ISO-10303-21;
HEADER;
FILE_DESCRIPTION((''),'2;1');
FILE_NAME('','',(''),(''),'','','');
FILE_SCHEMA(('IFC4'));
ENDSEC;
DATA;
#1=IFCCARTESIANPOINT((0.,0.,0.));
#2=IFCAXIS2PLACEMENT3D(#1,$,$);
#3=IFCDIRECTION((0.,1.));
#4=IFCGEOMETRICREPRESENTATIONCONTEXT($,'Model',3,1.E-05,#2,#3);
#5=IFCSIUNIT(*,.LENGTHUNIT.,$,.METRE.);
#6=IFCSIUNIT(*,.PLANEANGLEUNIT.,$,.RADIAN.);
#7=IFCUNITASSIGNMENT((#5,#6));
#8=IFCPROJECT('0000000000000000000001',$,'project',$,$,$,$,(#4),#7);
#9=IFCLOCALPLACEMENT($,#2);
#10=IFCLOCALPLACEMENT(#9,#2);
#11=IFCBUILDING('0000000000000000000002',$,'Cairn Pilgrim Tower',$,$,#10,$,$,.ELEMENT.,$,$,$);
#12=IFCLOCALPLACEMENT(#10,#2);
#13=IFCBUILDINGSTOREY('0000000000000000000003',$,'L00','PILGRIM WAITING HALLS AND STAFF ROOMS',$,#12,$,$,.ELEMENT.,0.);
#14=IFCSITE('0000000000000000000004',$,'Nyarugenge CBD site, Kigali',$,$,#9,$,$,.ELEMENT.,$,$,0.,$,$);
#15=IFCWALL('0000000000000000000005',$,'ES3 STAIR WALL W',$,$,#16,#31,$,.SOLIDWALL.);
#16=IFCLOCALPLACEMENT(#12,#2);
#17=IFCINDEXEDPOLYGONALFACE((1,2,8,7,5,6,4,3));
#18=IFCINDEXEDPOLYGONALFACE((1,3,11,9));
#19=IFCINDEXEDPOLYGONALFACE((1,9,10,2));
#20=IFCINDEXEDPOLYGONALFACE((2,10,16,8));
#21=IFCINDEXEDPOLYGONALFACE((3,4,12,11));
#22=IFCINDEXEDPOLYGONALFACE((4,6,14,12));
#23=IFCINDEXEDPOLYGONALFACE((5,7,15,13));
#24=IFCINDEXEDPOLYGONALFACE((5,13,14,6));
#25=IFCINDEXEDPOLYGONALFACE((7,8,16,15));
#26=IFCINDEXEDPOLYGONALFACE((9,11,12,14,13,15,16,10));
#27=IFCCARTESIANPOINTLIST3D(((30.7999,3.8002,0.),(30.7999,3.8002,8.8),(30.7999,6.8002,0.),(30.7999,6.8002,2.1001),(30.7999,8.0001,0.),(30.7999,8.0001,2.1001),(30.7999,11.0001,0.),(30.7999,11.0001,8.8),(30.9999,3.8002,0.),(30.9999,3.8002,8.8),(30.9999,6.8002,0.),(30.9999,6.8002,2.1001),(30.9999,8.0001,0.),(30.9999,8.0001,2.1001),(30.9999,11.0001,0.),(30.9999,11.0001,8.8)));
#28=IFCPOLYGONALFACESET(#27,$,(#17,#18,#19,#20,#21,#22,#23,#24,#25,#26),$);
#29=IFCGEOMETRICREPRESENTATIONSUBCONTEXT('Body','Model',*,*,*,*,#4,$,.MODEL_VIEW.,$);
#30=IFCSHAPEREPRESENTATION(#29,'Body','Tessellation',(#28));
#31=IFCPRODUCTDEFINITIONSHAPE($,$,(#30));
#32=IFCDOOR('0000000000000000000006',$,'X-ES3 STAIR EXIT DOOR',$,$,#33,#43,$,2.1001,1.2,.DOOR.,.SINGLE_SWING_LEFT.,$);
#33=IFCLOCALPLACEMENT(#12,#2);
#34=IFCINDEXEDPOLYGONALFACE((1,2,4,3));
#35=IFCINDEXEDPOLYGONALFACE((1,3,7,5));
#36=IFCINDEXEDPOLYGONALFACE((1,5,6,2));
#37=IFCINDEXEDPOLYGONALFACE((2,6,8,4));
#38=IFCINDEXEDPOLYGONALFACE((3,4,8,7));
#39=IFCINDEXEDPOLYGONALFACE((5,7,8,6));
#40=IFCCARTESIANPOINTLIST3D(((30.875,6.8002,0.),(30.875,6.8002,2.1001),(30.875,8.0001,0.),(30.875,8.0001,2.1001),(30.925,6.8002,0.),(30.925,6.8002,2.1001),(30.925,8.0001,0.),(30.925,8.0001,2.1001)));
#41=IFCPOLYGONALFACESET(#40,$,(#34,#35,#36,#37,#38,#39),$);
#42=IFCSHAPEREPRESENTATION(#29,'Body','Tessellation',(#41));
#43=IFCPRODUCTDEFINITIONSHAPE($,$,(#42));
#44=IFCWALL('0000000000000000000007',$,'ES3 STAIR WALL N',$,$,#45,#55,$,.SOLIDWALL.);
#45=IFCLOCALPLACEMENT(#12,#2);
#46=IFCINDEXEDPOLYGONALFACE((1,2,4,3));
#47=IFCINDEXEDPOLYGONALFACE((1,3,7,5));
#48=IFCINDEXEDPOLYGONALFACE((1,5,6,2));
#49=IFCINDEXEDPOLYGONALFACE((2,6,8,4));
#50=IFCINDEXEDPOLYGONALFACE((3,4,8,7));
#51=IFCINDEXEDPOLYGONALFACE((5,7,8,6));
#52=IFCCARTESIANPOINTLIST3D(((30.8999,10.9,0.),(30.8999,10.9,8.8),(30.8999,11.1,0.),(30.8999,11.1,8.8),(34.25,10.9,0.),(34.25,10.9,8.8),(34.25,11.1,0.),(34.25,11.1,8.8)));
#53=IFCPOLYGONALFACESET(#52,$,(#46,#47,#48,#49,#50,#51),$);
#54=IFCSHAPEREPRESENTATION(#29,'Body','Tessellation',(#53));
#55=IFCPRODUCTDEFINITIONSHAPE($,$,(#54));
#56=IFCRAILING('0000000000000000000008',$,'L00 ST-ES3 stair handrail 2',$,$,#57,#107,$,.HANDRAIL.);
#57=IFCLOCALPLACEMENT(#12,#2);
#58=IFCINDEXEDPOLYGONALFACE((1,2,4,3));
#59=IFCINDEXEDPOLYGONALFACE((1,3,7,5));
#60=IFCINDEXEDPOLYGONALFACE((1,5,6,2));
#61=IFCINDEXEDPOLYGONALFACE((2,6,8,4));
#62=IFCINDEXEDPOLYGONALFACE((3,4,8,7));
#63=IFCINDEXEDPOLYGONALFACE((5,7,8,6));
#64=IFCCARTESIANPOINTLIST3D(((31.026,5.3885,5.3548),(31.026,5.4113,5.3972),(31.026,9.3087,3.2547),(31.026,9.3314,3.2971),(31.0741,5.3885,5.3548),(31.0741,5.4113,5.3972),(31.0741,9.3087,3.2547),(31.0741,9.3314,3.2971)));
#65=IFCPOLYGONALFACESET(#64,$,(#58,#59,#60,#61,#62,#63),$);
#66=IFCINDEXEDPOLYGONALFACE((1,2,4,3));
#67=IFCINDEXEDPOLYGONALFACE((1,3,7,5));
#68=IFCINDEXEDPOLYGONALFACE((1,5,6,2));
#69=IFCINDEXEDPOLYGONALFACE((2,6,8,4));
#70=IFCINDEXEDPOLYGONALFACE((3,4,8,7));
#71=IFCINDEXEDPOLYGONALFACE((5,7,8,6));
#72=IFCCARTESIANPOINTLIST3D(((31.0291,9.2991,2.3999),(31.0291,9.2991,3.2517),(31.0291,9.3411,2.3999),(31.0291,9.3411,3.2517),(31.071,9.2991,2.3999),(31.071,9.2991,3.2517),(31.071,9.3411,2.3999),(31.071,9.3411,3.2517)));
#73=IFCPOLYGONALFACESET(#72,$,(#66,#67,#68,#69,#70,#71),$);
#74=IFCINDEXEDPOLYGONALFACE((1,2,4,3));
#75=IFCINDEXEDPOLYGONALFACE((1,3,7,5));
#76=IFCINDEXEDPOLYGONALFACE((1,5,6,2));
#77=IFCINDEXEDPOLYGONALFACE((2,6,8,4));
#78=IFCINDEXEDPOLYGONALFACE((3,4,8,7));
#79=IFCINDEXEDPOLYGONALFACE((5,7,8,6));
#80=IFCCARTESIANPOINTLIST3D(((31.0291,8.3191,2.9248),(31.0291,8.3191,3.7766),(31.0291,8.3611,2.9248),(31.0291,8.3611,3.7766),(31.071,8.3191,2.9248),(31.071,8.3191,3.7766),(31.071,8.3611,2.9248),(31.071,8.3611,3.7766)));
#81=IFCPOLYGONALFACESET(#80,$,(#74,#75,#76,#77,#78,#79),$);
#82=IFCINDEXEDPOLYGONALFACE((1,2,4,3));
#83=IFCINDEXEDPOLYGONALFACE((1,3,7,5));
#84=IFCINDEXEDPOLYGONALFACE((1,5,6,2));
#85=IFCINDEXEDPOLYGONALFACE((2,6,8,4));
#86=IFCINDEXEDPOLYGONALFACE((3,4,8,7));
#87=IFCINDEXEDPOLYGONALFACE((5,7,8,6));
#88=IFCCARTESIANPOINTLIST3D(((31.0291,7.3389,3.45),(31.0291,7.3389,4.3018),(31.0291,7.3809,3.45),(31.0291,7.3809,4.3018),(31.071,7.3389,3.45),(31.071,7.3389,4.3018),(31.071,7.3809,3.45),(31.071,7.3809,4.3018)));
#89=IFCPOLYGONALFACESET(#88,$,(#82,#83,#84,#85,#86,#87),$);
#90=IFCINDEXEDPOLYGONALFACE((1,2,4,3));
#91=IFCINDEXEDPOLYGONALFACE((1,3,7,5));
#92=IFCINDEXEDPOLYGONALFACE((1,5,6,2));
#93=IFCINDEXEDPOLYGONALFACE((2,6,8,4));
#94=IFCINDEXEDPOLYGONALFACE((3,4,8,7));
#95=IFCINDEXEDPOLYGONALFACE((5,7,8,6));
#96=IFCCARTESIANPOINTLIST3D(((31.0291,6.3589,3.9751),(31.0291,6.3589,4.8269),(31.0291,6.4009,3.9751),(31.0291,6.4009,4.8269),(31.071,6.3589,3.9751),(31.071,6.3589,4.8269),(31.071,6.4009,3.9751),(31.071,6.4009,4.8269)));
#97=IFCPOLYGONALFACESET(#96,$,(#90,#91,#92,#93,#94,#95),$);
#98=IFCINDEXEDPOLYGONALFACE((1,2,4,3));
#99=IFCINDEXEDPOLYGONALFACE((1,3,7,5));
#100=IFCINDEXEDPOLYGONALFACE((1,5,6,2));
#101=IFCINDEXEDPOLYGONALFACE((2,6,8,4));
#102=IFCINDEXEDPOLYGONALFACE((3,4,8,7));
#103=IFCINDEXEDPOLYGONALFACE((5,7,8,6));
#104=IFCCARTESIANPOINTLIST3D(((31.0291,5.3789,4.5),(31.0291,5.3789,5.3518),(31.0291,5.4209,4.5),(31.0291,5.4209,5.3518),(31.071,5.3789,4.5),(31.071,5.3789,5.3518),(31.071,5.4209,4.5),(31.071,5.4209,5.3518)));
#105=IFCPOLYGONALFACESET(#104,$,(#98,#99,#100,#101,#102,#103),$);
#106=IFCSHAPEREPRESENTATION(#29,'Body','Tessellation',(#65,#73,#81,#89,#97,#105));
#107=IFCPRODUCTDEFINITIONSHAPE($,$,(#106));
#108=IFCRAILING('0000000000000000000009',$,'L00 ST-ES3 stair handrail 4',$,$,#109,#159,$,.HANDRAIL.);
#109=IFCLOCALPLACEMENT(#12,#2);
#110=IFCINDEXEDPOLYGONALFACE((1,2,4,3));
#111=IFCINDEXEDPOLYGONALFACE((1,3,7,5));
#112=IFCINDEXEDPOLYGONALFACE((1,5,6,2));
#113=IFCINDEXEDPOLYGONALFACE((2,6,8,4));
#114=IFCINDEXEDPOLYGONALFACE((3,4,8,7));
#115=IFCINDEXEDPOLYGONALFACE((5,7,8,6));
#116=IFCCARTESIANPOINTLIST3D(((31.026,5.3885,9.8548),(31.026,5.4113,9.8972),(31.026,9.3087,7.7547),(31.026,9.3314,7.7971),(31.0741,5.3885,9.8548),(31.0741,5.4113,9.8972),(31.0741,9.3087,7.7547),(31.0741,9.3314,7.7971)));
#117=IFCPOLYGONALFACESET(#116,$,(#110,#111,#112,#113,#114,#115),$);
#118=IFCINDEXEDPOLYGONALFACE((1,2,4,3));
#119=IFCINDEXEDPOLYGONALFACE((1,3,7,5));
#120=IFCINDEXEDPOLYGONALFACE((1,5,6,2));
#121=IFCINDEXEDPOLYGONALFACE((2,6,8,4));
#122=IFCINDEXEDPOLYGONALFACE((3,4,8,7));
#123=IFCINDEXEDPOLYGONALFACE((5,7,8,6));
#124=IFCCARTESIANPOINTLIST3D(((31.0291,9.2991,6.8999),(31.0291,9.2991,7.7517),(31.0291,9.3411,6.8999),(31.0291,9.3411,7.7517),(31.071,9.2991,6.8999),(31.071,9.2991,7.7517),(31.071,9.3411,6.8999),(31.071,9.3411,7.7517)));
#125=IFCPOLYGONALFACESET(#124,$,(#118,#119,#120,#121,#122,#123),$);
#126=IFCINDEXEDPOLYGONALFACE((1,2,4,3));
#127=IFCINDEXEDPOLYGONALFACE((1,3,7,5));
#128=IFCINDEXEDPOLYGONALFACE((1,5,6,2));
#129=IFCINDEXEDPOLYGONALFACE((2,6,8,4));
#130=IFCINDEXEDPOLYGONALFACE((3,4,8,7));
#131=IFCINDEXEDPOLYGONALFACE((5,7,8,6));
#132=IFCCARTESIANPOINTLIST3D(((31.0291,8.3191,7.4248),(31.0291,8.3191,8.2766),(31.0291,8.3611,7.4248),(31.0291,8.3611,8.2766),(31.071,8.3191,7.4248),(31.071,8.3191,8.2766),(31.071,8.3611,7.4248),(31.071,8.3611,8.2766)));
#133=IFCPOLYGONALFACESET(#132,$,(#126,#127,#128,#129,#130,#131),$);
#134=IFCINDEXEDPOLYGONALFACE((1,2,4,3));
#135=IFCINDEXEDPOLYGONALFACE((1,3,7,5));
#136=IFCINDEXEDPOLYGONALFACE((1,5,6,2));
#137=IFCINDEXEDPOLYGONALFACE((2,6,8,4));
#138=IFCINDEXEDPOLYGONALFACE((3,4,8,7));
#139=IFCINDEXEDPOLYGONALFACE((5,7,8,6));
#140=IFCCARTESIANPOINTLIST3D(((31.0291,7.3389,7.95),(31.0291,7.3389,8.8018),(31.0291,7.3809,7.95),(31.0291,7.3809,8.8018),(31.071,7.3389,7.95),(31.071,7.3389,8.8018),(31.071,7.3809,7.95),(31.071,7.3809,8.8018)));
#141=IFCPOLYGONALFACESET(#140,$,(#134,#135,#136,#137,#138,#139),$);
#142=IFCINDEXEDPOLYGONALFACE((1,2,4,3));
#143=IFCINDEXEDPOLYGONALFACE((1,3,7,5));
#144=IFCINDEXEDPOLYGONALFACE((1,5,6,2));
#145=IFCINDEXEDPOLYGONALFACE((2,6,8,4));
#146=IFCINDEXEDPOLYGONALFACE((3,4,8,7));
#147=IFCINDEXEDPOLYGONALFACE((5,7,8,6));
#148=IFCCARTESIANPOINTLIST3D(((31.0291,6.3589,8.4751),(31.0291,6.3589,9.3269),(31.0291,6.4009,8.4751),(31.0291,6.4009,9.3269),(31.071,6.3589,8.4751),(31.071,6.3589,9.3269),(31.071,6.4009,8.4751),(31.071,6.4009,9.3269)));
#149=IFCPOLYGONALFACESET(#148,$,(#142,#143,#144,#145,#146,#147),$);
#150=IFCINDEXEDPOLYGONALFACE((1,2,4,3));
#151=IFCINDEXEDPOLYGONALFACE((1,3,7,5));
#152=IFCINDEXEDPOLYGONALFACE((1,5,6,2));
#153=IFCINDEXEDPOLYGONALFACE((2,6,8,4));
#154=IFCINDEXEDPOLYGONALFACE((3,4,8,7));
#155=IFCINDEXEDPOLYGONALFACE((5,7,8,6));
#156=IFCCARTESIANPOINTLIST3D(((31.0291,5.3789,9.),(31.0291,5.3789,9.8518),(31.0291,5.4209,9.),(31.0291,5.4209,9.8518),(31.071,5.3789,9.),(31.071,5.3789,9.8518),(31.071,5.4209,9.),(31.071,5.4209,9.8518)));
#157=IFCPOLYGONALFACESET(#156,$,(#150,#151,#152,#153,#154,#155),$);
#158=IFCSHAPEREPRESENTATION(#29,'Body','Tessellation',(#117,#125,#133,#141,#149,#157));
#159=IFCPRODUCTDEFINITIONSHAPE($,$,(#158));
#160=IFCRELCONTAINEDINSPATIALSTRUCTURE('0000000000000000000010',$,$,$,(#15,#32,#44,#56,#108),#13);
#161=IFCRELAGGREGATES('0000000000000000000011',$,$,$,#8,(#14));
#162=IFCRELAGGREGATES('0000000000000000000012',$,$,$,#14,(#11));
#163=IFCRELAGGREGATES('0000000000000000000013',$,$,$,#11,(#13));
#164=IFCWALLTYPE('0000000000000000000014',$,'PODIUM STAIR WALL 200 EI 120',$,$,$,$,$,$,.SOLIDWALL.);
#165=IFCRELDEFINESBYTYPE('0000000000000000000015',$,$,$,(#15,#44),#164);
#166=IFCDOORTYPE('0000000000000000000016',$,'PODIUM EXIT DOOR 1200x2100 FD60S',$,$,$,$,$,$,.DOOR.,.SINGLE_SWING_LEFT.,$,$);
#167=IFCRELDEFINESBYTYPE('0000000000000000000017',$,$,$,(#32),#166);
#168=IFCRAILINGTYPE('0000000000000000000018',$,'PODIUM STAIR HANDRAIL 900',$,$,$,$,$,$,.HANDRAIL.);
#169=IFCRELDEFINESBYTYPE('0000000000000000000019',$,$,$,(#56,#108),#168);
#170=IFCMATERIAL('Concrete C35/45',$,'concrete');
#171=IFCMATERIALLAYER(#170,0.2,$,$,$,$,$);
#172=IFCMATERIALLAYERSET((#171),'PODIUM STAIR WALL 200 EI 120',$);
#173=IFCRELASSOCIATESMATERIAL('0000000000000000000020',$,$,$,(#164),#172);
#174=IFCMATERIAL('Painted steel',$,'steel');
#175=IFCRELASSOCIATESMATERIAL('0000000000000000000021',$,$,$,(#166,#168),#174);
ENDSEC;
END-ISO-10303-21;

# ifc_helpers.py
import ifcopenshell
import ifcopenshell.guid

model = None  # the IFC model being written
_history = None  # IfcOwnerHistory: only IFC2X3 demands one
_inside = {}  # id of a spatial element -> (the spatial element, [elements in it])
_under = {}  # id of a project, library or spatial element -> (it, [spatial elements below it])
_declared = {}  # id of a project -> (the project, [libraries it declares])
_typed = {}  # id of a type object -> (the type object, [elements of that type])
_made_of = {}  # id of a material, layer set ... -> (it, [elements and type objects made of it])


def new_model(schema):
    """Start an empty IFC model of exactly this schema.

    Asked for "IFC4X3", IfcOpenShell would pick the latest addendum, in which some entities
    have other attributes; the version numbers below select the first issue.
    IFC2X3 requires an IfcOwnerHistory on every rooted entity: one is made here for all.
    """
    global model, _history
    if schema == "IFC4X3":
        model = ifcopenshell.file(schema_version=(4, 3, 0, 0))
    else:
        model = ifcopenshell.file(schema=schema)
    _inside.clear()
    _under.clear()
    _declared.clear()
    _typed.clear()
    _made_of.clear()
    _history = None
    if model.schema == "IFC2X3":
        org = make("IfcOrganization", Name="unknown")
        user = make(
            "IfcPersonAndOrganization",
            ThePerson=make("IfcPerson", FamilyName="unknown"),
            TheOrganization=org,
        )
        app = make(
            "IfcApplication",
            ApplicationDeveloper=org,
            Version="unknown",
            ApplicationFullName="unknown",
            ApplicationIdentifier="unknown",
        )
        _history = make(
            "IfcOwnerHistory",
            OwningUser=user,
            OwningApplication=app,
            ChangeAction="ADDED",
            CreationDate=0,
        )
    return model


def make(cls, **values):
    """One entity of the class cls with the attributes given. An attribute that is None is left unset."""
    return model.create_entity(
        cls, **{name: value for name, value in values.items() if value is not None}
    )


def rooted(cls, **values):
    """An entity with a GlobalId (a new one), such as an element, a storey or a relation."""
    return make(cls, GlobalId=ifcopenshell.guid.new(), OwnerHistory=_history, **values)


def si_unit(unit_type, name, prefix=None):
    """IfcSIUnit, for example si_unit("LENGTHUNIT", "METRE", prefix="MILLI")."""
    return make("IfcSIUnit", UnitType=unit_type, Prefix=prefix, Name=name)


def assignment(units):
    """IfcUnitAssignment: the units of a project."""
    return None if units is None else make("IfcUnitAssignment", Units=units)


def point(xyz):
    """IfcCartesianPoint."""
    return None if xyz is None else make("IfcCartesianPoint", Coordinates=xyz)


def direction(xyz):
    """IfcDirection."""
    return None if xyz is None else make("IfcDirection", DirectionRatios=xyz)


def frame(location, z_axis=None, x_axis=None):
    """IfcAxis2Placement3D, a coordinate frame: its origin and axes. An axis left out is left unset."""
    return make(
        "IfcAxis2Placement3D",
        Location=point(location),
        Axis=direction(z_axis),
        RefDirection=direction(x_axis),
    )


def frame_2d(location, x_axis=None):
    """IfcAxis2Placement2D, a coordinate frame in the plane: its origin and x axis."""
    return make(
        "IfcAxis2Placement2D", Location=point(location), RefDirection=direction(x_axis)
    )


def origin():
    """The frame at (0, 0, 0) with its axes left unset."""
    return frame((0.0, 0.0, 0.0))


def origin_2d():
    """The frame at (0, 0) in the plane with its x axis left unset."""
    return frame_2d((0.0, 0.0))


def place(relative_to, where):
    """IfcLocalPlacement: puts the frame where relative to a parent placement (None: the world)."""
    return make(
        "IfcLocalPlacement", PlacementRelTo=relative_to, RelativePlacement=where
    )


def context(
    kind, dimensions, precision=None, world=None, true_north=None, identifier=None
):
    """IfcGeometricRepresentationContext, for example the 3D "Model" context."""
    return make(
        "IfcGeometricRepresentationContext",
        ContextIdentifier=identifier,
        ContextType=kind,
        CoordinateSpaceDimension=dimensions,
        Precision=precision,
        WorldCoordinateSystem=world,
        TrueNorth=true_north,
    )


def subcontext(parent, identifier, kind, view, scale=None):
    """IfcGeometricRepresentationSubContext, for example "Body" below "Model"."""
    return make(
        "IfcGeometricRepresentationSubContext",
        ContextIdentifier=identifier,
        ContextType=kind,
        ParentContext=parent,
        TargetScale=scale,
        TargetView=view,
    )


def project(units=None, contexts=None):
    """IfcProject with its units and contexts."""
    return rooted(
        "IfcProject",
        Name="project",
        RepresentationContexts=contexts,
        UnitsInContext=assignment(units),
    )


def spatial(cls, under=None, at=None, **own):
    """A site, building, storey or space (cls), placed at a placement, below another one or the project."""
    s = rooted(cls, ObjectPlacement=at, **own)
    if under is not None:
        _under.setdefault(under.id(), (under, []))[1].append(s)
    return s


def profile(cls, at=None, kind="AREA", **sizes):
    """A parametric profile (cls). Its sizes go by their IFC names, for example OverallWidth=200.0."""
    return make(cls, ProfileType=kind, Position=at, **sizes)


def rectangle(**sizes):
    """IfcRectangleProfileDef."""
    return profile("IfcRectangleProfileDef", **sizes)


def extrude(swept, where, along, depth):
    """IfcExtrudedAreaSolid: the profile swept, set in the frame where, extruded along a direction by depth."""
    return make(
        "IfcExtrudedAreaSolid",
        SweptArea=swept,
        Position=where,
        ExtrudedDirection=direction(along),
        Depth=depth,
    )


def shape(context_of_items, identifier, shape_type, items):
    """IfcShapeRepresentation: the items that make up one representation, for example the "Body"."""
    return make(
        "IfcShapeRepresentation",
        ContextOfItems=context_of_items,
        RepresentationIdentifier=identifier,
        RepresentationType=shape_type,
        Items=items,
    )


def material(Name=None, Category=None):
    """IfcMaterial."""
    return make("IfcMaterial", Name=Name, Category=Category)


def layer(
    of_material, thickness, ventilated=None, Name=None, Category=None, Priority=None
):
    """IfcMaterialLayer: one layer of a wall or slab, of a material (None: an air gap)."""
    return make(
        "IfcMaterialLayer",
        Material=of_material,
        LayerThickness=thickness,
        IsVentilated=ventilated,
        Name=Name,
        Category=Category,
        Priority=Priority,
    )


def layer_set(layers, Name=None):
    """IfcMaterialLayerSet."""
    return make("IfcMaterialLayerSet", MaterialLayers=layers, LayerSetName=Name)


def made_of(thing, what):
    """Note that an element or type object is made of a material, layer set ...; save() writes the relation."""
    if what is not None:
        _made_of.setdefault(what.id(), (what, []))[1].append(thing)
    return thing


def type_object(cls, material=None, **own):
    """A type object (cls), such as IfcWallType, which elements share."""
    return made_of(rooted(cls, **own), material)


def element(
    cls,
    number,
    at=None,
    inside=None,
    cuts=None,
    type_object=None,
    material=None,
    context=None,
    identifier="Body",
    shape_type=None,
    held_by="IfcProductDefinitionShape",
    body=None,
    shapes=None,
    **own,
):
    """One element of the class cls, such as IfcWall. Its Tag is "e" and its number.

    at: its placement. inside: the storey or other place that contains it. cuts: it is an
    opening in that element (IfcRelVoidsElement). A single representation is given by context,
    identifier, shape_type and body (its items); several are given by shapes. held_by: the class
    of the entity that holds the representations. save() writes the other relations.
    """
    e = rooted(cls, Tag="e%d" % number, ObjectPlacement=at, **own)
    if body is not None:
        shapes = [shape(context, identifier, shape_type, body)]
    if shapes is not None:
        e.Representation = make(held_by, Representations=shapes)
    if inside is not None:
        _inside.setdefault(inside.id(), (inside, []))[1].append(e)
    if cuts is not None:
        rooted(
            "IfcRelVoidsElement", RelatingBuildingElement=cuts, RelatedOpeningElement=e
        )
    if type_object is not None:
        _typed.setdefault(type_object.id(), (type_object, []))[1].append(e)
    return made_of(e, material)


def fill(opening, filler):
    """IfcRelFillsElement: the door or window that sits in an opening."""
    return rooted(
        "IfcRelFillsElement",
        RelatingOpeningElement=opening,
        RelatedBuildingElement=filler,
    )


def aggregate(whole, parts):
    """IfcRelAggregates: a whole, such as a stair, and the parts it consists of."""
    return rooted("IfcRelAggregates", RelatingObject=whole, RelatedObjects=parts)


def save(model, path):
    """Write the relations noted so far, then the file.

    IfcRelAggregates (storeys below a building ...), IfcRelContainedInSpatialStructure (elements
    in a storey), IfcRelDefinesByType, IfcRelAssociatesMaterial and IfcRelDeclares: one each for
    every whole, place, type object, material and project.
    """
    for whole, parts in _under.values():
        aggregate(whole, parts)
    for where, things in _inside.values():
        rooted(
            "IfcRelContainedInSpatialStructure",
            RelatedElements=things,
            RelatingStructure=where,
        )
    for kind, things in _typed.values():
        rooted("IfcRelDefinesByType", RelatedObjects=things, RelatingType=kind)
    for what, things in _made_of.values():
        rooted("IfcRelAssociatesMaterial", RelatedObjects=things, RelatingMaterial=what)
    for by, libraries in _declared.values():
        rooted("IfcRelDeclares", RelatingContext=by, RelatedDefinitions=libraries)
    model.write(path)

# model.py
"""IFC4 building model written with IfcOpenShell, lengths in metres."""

from ifc_helpers import new_model, si_unit, direction, frame, frame_2d, origin, origin_2d, place, context, subcontext, project, spatial, rectangle, extrude, material, layer, layer_set, type_object, element, fill, save


model = new_model("IFC4")

# Units and contexts
model_context = context("Model", 3, precision=1e-05, world=origin(), true_north=direction((0.0, 1.0)))
body_context = subcontext(model_context, "Body", "Model", "MODEL_VIEW")
ifc_project = project(units=[si_unit("LENGTHUNIT", "METRE"), si_unit("PLANEANGLEUNIT", "RADIAN")], contexts=[model_context])

# Site, building, storey
site_placement = place(None, origin())
site = spatial("IfcSite", under=ifc_project, at=site_placement, Name="Nyarugenge CBD site, Kigali", CompositionType="ELEMENT", RefElevation=0.0)
building_placement = place(site_placement, origin())
building = spatial("IfcBuilding", under=site, at=building_placement, Name="Cairn Pilgrim Tower", CompositionType="ELEMENT")
storey_placement = place(building_placement, origin())
storey = spatial("IfcBuildingStorey", under=building, at=storey_placement, Name="L00", Description="PILGRIM WAITING HALLS AND STAFF ROOMS", CompositionType="ELEMENT", Elevation=0.0)

# Shared definitions
ifc_material_1 = material(Name="Concrete C35/45", Category="concrete")

# Wall, opening, door
ifc_layer_1 = layer(ifc_material_1, 0.2)
ifc_layer_set_1 = layer_set([ifc_layer_1], Name="PODIUM STAIR WALL 200 EI 120")
wall_type_1 = type_object("IfcWallType", Name="PODIUM STAIR WALL 200 EI 120", PredefinedType="SOLIDWALL", material=ifc_layer_set_1)
wall_1_placement = place(storey_placement, frame((30.8999, 3.8, 0.0), z_axis=(0.0, 0.0, 1.0), x_axis=(0.0, 1.0, 0.0)))
wall_1 = element("IfcWall", 1, at=wall_1_placement, inside=storey, type_object=wall_type_1, Name="ES3 STAIR WALL W", PredefinedType="SOLIDWALL", context=body_context, shape_type="SweptSolid", body=[
    extrude(rectangle(XDim=7.2, YDim=0.2, at=frame_2d((3.6001, 0.0))), origin(), (0.0, 0.0, 1.0), 8.8),
])
opening_1_placement = place(wall_1_placement, frame((3.0, 0.0, 0.0)))
opening_1 = element("IfcOpeningElement", 2, at=opening_1_placement, cuts=wall_1, PredefinedType="OPENING", context=body_context, shape_type="SweptSolid", body=[
    extrude(rectangle(XDim=1.2, YDim=2.1001, at=frame_2d((0.6001, 1.05))), frame((0.0, 0.1099, 0.0), z_axis=(0.0, -1.0, 0.0), x_axis=(1.0, 0.0, 0.0)), (0.0, 0.0, 1.0), 0.22),
])
ifc_material_2 = material(Name="Painted steel", Category="steel")
door_type_1 = type_object("IfcDoorType", Name="PODIUM EXIT DOOR 1200x2100 FD60S", OperationType="SINGLE_SWING_LEFT", PredefinedType="DOOR", material=ifc_material_2)
door_1_placement = place(opening_1_placement, origin())
door_1 = element("IfcDoor", 3, at=door_1_placement, inside=storey, type_object=door_type_1, Name="X-ES3 STAIR EXIT DOOR", OperationType="SINGLE_SWING_LEFT", OverallHeight=2.1001, OverallWidth=1.2, PredefinedType="DOOR", context=body_context, shape_type="SweptSolid", body=[
    extrude(rectangle(XDim=1.2, YDim=2.1001, at=frame_2d((0.6001, 1.05))), frame((0.0, 0.0249, 0.0), z_axis=(0.0, -1.0, 0.0), x_axis=(1.0, 0.0, 0.0)), (0.0, 0.0, 1.0), 0.05),
])
fill(opening_1, door_1)

# Wall
wall_2_placement = place(storey_placement, frame((30.8999, 11.0, 0.0), z_axis=(0.0, 0.0, 1.0), x_axis=(1.0, 0.0, 0.0)))
element("IfcWall", 4, at=wall_2_placement, inside=storey, type_object=wall_type_1, Name="ES3 STAIR WALL N", PredefinedType="SOLIDWALL", context=body_context, shape_type="SweptSolid", body=[
    extrude(rectangle(XDim=3.3501, YDim=0.2, at=frame_2d((1.675, 0.0))), origin(), (0.0, 0.0, 1.0), 8.8),
])

# Railings
railing_type = type_object("IfcRailingType", Name="PODIUM STAIR HANDRAIL 900", PredefinedType="HANDRAIL", material=ifc_material_2)
for number, where, name in (
    (5, (31.05, 9.3201, 2.3999), "L00 ST-ES3 stair handrail 2"),
    (6, (31.05, 9.3201, 6.8999), "L00 ST-ES3 stair handrail 4"),
):
    element("IfcRailing", number, at=place(storey_placement, frame(where)), inside=storey, type_object=railing_type, Name=name, PredefinedType="HANDRAIL", context=body_context, shape_type="SweptSolid", body=[
        extrude(rectangle(XDim=0.0481, YDim=0.0481, at=origin_2d()), frame((0.0, 0.0, 0.876), z_axis=(0.0, -0.881479, 0.472223), x_axis=(1.0, 0.0, 0.0)), (0.0, 0.0, 1.0), 4.4473),
        extrude(rectangle(XDim=0.042, YDim=0.042, at=origin_2d()), origin(), (0.0, 0.0, 1.0), 0.8518),
        extrude(rectangle(XDim=0.042, YDim=0.042, at=origin_2d()), frame((0.0, -0.98, 0.5249)), (0.0, 0.0, 1.0), 0.8518),
        extrude(rectangle(XDim=0.042, YDim=0.042, at=origin_2d()), frame((0.0, -1.9602, 1.05)), (0.0, 0.0, 1.0), 0.8518),
        extrude(rectangle(XDim=0.042, YDim=0.042, at=origin_2d()), frame((0.0, -2.9402, 1.5752)), (0.0, 0.0, 1.0), 0.8518),
        extrude(rectangle(XDim=0.042, YDim=0.042, at=origin_2d()), frame((0.0, -3.9202, 2.1001)), (0.0, 0.0, 1.0), 0.8518),
    ])

save(model, "model.ifc")
